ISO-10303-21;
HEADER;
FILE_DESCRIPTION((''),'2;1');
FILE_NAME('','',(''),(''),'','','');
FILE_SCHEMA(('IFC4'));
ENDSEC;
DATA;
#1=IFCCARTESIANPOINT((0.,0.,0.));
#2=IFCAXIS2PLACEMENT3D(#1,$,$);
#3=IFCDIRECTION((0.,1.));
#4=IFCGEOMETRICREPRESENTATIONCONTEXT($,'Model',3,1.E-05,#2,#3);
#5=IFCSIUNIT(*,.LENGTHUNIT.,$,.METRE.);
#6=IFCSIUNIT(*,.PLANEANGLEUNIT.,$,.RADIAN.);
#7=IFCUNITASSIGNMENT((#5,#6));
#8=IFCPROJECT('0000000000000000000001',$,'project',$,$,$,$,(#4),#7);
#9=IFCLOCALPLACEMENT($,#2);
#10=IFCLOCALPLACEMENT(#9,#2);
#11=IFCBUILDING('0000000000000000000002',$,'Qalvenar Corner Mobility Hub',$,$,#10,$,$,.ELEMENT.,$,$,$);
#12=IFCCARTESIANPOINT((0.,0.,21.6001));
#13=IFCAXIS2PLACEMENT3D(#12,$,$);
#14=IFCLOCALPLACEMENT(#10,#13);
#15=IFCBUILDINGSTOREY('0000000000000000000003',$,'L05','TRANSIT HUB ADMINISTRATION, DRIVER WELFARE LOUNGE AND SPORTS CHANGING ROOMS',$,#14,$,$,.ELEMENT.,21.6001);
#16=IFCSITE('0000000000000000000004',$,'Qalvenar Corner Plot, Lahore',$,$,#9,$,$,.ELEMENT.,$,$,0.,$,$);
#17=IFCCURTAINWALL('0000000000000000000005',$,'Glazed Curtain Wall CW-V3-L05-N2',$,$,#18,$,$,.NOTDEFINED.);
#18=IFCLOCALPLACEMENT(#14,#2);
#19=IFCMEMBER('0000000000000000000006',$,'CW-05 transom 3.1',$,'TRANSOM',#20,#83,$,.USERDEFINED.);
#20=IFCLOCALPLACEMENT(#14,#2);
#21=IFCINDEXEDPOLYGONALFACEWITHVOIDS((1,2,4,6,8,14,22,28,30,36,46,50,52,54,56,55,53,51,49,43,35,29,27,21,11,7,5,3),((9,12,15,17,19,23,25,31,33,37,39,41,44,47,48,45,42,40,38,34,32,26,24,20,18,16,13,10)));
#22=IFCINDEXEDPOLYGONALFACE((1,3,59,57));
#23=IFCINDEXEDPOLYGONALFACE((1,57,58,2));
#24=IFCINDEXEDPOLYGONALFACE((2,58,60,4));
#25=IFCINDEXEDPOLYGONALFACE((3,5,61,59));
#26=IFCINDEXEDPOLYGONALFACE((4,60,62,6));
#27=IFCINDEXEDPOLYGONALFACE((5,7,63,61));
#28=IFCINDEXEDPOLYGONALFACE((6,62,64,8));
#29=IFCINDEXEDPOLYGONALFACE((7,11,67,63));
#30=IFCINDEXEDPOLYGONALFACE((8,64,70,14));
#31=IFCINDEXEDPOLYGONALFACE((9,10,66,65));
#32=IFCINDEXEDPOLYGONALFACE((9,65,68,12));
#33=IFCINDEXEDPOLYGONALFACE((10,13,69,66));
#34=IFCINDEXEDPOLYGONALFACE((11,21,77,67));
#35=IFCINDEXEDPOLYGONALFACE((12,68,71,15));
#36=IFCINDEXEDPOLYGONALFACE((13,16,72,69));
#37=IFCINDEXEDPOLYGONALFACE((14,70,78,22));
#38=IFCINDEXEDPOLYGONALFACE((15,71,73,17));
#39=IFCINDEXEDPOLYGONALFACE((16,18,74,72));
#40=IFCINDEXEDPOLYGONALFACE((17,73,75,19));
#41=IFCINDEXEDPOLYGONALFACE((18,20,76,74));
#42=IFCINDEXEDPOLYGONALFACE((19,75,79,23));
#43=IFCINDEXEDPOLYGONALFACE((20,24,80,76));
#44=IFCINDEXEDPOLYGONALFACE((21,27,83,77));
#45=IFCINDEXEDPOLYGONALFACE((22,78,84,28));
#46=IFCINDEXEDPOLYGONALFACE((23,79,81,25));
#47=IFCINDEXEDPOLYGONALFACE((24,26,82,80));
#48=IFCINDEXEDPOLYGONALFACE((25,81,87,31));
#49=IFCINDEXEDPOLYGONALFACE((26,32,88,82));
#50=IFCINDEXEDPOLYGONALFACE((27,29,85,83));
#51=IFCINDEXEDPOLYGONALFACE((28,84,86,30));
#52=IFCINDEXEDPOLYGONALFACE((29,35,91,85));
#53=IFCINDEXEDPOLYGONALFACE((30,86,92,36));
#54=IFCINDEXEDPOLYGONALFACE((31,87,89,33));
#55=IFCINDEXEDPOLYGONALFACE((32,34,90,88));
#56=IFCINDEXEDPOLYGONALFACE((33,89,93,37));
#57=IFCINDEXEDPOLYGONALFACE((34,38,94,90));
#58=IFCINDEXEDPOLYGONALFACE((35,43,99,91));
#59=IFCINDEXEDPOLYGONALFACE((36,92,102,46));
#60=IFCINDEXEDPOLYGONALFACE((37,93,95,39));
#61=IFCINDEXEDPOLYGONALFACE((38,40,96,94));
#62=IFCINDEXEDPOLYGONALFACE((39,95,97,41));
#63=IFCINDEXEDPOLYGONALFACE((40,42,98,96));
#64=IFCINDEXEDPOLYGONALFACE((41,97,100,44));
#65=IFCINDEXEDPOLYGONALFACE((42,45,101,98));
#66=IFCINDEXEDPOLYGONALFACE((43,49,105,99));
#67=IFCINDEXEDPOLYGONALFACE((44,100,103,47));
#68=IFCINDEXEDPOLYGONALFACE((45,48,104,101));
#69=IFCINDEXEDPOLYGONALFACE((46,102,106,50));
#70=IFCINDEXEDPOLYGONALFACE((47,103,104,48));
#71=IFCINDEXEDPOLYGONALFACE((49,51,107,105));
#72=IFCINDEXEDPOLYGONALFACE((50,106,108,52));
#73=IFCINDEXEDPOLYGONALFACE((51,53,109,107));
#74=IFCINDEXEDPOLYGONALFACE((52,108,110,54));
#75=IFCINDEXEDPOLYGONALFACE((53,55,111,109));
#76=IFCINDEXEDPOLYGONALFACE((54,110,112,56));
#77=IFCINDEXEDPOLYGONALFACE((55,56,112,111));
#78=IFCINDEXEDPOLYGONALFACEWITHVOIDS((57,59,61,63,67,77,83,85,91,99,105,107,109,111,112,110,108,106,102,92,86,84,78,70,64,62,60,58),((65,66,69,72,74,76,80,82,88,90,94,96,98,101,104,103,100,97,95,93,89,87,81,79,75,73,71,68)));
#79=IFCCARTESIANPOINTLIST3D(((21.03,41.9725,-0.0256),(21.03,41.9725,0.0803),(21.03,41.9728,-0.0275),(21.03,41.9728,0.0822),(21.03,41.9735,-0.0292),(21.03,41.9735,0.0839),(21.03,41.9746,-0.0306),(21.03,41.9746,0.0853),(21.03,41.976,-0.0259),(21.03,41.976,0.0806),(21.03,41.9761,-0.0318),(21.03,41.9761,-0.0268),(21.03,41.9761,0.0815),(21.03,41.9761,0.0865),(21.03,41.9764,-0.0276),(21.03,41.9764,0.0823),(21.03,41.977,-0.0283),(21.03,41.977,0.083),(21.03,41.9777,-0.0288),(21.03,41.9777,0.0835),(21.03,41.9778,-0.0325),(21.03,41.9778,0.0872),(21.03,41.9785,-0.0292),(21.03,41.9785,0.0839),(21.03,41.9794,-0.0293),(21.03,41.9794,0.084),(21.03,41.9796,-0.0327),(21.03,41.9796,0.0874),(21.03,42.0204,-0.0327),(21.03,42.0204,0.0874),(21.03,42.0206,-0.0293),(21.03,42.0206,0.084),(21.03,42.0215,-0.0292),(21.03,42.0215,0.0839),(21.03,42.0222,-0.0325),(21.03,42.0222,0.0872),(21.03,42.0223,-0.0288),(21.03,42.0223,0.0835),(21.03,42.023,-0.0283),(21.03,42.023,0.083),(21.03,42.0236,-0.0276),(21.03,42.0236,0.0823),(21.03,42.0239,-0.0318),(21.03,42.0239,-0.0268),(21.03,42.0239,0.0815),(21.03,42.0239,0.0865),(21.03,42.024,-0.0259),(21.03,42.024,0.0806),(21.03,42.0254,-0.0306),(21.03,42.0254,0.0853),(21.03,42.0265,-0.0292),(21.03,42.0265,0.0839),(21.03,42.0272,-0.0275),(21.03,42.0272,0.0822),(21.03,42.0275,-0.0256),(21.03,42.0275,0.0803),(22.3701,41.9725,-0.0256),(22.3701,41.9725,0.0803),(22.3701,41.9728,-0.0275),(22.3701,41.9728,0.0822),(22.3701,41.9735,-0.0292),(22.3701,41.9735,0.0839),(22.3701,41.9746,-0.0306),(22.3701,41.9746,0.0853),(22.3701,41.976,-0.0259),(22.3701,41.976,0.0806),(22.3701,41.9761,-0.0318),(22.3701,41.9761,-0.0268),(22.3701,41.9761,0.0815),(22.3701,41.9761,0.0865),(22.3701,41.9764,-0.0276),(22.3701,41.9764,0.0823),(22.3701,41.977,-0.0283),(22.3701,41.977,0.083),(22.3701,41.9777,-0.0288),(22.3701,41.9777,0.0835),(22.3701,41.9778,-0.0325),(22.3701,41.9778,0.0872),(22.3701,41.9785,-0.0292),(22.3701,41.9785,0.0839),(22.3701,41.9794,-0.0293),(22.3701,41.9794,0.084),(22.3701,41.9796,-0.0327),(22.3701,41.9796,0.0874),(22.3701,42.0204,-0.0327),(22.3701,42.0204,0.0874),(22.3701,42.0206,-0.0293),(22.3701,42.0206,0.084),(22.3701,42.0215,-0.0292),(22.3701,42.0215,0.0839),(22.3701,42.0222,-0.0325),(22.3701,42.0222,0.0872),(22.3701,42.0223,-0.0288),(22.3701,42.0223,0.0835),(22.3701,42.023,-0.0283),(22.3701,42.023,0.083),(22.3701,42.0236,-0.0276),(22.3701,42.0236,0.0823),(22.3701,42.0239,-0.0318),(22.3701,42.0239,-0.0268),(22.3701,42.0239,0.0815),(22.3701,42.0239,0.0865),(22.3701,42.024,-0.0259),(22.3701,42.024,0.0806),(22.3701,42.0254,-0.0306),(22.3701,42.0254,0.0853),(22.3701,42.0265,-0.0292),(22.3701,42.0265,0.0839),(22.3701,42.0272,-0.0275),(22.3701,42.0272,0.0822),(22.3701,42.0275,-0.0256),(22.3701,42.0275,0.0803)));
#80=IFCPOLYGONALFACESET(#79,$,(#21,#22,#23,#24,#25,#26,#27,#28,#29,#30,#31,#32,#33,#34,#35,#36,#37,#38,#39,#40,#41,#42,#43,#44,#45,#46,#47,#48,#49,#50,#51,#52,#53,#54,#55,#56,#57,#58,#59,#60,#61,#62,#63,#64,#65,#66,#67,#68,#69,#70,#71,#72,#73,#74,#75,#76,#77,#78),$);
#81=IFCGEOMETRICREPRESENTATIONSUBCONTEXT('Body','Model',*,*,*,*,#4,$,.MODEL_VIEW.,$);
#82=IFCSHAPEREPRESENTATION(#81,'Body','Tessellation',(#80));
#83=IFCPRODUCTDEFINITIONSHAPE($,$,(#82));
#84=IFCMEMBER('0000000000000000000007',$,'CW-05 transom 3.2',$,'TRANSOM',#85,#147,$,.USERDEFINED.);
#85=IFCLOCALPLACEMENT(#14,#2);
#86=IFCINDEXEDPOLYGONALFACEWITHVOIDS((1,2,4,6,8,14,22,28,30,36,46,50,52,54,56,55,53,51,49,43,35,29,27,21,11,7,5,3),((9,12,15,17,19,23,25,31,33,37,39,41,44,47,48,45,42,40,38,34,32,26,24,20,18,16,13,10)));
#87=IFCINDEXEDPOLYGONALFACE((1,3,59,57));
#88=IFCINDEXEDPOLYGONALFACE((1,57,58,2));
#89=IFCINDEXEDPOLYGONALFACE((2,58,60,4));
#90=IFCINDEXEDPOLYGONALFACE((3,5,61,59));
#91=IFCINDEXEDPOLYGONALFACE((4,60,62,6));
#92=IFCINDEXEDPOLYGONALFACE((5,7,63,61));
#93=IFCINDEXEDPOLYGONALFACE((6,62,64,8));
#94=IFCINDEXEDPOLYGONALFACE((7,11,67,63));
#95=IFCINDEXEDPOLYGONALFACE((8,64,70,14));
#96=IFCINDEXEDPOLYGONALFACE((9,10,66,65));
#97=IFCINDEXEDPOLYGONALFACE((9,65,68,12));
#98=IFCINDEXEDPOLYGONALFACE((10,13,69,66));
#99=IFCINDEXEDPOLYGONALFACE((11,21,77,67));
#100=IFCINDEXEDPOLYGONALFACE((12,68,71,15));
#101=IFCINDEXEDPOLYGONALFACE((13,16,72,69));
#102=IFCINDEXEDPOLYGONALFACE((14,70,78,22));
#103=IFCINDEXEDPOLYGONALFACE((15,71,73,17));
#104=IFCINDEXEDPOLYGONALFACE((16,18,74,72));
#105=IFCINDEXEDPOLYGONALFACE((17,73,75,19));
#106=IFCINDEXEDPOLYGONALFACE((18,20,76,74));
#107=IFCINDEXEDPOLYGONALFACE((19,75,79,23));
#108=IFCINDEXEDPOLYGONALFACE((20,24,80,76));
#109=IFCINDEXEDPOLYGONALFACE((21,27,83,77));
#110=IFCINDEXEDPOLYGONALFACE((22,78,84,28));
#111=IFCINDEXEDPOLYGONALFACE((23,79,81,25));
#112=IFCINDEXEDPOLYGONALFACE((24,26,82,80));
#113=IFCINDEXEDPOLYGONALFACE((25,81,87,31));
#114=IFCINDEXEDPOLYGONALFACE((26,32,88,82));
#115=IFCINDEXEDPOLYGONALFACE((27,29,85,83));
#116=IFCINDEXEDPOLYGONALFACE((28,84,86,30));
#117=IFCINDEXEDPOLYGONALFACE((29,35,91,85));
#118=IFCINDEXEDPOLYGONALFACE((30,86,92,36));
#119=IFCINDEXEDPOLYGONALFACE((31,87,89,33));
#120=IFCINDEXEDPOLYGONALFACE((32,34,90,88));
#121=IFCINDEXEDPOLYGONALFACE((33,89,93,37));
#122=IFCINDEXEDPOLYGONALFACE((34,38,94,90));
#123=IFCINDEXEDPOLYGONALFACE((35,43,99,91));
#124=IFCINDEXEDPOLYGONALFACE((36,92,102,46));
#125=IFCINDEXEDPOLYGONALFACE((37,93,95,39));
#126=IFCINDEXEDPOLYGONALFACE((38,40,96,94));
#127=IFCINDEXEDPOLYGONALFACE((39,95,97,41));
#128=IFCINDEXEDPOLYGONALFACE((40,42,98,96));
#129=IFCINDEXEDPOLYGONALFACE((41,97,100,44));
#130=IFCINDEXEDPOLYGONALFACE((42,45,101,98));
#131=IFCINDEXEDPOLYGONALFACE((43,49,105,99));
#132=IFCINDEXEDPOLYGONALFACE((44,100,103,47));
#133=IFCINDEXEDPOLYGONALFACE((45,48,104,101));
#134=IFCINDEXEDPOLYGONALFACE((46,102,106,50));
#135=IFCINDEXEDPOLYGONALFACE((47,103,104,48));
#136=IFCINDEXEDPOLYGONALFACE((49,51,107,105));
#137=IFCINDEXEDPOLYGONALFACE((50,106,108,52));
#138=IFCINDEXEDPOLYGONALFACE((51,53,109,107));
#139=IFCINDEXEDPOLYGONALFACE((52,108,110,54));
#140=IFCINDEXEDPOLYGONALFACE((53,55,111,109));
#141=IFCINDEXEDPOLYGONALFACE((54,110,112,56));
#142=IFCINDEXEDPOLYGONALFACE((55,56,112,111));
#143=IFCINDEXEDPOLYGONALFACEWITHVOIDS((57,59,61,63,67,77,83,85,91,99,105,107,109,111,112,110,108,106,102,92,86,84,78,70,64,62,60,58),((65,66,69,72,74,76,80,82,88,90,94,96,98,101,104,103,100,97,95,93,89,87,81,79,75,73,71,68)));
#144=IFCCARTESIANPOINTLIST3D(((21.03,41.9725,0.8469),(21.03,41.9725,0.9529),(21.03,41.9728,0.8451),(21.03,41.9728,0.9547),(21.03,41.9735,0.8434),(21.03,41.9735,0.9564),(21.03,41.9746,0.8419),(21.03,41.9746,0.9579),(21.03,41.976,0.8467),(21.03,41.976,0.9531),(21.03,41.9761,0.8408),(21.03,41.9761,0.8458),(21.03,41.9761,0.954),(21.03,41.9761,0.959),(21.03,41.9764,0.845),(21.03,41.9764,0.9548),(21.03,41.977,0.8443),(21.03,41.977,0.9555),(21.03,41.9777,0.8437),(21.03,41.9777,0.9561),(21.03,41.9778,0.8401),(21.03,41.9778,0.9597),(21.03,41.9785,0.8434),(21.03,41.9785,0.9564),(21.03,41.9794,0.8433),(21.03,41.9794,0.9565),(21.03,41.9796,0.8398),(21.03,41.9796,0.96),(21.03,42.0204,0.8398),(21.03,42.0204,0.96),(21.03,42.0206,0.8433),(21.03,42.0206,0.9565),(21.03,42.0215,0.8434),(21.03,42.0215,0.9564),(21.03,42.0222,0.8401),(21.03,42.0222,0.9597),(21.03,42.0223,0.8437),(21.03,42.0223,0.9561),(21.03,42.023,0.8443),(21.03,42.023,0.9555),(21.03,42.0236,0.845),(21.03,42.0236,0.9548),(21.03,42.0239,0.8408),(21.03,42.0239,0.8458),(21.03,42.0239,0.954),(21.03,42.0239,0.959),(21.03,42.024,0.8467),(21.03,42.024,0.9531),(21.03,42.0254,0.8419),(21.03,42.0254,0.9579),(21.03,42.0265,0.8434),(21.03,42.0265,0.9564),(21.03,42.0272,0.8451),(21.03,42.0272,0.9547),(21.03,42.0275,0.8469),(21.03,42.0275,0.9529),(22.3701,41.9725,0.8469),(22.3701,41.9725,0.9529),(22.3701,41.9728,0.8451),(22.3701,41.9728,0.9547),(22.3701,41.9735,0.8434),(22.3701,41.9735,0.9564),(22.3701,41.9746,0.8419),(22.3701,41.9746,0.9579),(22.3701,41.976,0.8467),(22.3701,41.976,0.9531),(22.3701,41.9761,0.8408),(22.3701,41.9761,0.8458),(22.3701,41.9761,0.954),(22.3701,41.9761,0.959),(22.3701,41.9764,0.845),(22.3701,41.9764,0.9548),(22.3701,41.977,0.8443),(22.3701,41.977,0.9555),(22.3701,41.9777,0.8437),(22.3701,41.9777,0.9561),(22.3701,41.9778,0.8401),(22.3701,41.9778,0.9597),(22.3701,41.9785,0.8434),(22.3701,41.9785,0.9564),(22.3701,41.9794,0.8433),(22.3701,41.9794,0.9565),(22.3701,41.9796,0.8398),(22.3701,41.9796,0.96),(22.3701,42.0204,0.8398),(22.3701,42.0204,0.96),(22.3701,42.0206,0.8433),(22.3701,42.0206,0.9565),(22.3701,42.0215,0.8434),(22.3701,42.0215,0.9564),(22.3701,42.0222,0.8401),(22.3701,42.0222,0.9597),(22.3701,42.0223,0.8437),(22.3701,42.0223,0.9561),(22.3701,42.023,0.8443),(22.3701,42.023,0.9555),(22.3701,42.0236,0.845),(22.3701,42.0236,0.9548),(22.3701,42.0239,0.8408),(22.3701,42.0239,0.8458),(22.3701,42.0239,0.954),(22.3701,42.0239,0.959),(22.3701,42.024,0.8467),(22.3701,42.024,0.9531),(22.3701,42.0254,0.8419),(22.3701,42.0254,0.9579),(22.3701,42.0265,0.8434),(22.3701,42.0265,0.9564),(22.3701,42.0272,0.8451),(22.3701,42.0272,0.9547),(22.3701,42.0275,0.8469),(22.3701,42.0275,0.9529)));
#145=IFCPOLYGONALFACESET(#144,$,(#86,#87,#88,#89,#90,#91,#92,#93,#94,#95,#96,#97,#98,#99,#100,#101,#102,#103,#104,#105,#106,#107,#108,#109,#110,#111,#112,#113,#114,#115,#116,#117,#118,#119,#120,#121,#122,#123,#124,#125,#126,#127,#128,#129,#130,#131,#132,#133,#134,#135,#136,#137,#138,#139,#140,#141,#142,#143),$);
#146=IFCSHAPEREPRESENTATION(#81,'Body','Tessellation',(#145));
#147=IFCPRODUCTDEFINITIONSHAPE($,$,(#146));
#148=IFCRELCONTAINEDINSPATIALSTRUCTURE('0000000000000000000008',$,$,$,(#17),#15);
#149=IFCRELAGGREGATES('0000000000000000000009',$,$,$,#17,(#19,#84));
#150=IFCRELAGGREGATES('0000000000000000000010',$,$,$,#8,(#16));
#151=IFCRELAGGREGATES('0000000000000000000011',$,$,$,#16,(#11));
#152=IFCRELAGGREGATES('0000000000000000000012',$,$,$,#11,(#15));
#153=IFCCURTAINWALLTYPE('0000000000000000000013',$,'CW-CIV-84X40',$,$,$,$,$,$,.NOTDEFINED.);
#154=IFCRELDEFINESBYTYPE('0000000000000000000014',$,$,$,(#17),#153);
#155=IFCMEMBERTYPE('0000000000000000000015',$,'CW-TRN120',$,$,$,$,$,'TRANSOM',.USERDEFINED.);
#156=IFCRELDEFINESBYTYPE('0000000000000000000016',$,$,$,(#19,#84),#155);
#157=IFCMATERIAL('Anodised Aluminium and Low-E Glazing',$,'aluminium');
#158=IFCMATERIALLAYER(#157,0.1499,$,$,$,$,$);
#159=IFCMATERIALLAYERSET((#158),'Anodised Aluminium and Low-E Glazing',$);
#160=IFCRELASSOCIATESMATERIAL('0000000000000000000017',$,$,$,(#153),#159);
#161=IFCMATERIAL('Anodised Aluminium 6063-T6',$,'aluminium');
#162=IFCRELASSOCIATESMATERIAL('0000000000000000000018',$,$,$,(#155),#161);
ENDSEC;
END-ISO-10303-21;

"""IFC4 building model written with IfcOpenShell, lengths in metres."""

from ifc_helpers import new_model, si_unit, direction, frame, origin, origin_2d, place, context, subcontext, project, spatial, hollow_rectangle, extrude, material, layer, layer_set, material_profile, profile_set, type_object, element, aggregate, save


model = new_model("IFC4")

# Units and contexts
model_context = context("Model", 3, precision=1e-05, world=origin(), true_north=direction((0.0, 1.0)))
body_context = subcontext(model_context, "Body", "Model", "MODEL_VIEW")
ifc_project = project(units=[si_unit("LENGTHUNIT", "METRE"), si_unit("PLANEANGLEUNIT", "RADIAN")], contexts=[model_context])

# Site, building, storey
site_placement = place(None, origin())
site = spatial("IfcSite", under=ifc_project, at=site_placement, Name="Qalvenar Corner Plot, Lahore", CompositionType="ELEMENT", RefElevation=0.0)
building_placement = place(site_placement, origin())
building = spatial("IfcBuilding", under=site, at=building_placement, Name="Qalvenar Corner Mobility Hub", CompositionType="ELEMENT")
storey_placement = place(building_placement, frame((0.0, 0.0, 21.6001)))
storey = spatial("IfcBuildingStorey", under=building, at=storey_placement, Name="L05", Description="TRANSIT HUB ADMINISTRATION, DRIVER WELFARE LOUNGE AND SPORTS CHANGING ROOMS", CompositionType="ELEMENT", Elevation=21.6001)

# Curtain wall, members
ifc_material_1 = material(Name="Anodised Aluminium and Low-E Glazing", Category="aluminium")
ifc_layer_1 = layer(ifc_material_1, 0.1499)
ifc_layer_set_1 = layer_set([ifc_layer_1], Name="Anodised Aluminium and Low-E Glazing")
curtain_wall_type = type_object("IfcCurtainWallType", Name="CW-CIV-84X40", PredefinedType="NOTDEFINED", material=ifc_layer_set_1)
curtain_wall_placement = place(storey_placement, origin())
curtain_wall = element("IfcCurtainWall", 1, at=curtain_wall_placement, inside=storey, type_object=curtain_wall_type, Name="Glazed Curtain Wall CW-V3-L05-N2", PredefinedType="NOTDEFINED")
ifc_material_2 = material(Name="Anodised Aluminium 6063-T6", Category="aluminium")
ifc_material_profile_1 = material_profile(ifc_material_2, hollow_rectangle(XDim=0.0549, YDim=0.1201, WallThickness=0.0034, InnerFilletRadius=0.0034, OuterFilletRadius=0.0071, at=origin_2d()), Name="RHS120x55x3.5")
ifc_profile_set_1 = profile_set([ifc_material_profile_1], Name="Anodised Aluminium 6063-T6")
member_type_1 = type_object("IfcMemberType", Name="CW-TRN120", ElementType="TRANSOM", PredefinedType="USERDEFINED", material=ifc_profile_set_1)
member_1_placement = place(storey_placement, frame((22.3701, 42.0, 0.0273), z_axis=(-1.0, 0.0, 0.0), x_axis=(0.0, -1.0, 0.0)))
member_1 = element("IfcMember", 2, at=member_1_placement, type_object=member_type_1, Name="CW-05 transom 3.1", ObjectType="TRANSOM", PredefinedType="USERDEFINED", context=body_context, shape_type="SweptSolid", body=[
    extrude(hollow_rectangle(XDim=0.0549, YDim=0.1201, WallThickness=0.0034, InnerFilletRadius=0.0034, OuterFilletRadius=0.0071, at=origin_2d()), origin(), (0.0, 0.0, 1.0), 1.3401),
])
member_2_placement = place(storey_placement, frame((22.3701, 42.0, 0.8999), z_axis=(-1.0, 0.0, 0.0), x_axis=(0.0, -1.0, 0.0)))
member_2 = element("IfcMember", 3, at=member_2_placement, type_object=member_type_1, Name="CW-05 transom 3.2", ObjectType="TRANSOM", PredefinedType="USERDEFINED", context=body_context, shape_type="SweptSolid", body=[
    extrude(hollow_rectangle(XDim=0.0549, YDim=0.1201, WallThickness=0.0034, InnerFilletRadius=0.0034, OuterFilletRadius=0.0071, at=origin_2d()), origin(), (0.0, 0.0, 1.0), 1.3401),
])
aggregate(curtain_wall, [member_1, member_2])

save(model, "model.ifc")
